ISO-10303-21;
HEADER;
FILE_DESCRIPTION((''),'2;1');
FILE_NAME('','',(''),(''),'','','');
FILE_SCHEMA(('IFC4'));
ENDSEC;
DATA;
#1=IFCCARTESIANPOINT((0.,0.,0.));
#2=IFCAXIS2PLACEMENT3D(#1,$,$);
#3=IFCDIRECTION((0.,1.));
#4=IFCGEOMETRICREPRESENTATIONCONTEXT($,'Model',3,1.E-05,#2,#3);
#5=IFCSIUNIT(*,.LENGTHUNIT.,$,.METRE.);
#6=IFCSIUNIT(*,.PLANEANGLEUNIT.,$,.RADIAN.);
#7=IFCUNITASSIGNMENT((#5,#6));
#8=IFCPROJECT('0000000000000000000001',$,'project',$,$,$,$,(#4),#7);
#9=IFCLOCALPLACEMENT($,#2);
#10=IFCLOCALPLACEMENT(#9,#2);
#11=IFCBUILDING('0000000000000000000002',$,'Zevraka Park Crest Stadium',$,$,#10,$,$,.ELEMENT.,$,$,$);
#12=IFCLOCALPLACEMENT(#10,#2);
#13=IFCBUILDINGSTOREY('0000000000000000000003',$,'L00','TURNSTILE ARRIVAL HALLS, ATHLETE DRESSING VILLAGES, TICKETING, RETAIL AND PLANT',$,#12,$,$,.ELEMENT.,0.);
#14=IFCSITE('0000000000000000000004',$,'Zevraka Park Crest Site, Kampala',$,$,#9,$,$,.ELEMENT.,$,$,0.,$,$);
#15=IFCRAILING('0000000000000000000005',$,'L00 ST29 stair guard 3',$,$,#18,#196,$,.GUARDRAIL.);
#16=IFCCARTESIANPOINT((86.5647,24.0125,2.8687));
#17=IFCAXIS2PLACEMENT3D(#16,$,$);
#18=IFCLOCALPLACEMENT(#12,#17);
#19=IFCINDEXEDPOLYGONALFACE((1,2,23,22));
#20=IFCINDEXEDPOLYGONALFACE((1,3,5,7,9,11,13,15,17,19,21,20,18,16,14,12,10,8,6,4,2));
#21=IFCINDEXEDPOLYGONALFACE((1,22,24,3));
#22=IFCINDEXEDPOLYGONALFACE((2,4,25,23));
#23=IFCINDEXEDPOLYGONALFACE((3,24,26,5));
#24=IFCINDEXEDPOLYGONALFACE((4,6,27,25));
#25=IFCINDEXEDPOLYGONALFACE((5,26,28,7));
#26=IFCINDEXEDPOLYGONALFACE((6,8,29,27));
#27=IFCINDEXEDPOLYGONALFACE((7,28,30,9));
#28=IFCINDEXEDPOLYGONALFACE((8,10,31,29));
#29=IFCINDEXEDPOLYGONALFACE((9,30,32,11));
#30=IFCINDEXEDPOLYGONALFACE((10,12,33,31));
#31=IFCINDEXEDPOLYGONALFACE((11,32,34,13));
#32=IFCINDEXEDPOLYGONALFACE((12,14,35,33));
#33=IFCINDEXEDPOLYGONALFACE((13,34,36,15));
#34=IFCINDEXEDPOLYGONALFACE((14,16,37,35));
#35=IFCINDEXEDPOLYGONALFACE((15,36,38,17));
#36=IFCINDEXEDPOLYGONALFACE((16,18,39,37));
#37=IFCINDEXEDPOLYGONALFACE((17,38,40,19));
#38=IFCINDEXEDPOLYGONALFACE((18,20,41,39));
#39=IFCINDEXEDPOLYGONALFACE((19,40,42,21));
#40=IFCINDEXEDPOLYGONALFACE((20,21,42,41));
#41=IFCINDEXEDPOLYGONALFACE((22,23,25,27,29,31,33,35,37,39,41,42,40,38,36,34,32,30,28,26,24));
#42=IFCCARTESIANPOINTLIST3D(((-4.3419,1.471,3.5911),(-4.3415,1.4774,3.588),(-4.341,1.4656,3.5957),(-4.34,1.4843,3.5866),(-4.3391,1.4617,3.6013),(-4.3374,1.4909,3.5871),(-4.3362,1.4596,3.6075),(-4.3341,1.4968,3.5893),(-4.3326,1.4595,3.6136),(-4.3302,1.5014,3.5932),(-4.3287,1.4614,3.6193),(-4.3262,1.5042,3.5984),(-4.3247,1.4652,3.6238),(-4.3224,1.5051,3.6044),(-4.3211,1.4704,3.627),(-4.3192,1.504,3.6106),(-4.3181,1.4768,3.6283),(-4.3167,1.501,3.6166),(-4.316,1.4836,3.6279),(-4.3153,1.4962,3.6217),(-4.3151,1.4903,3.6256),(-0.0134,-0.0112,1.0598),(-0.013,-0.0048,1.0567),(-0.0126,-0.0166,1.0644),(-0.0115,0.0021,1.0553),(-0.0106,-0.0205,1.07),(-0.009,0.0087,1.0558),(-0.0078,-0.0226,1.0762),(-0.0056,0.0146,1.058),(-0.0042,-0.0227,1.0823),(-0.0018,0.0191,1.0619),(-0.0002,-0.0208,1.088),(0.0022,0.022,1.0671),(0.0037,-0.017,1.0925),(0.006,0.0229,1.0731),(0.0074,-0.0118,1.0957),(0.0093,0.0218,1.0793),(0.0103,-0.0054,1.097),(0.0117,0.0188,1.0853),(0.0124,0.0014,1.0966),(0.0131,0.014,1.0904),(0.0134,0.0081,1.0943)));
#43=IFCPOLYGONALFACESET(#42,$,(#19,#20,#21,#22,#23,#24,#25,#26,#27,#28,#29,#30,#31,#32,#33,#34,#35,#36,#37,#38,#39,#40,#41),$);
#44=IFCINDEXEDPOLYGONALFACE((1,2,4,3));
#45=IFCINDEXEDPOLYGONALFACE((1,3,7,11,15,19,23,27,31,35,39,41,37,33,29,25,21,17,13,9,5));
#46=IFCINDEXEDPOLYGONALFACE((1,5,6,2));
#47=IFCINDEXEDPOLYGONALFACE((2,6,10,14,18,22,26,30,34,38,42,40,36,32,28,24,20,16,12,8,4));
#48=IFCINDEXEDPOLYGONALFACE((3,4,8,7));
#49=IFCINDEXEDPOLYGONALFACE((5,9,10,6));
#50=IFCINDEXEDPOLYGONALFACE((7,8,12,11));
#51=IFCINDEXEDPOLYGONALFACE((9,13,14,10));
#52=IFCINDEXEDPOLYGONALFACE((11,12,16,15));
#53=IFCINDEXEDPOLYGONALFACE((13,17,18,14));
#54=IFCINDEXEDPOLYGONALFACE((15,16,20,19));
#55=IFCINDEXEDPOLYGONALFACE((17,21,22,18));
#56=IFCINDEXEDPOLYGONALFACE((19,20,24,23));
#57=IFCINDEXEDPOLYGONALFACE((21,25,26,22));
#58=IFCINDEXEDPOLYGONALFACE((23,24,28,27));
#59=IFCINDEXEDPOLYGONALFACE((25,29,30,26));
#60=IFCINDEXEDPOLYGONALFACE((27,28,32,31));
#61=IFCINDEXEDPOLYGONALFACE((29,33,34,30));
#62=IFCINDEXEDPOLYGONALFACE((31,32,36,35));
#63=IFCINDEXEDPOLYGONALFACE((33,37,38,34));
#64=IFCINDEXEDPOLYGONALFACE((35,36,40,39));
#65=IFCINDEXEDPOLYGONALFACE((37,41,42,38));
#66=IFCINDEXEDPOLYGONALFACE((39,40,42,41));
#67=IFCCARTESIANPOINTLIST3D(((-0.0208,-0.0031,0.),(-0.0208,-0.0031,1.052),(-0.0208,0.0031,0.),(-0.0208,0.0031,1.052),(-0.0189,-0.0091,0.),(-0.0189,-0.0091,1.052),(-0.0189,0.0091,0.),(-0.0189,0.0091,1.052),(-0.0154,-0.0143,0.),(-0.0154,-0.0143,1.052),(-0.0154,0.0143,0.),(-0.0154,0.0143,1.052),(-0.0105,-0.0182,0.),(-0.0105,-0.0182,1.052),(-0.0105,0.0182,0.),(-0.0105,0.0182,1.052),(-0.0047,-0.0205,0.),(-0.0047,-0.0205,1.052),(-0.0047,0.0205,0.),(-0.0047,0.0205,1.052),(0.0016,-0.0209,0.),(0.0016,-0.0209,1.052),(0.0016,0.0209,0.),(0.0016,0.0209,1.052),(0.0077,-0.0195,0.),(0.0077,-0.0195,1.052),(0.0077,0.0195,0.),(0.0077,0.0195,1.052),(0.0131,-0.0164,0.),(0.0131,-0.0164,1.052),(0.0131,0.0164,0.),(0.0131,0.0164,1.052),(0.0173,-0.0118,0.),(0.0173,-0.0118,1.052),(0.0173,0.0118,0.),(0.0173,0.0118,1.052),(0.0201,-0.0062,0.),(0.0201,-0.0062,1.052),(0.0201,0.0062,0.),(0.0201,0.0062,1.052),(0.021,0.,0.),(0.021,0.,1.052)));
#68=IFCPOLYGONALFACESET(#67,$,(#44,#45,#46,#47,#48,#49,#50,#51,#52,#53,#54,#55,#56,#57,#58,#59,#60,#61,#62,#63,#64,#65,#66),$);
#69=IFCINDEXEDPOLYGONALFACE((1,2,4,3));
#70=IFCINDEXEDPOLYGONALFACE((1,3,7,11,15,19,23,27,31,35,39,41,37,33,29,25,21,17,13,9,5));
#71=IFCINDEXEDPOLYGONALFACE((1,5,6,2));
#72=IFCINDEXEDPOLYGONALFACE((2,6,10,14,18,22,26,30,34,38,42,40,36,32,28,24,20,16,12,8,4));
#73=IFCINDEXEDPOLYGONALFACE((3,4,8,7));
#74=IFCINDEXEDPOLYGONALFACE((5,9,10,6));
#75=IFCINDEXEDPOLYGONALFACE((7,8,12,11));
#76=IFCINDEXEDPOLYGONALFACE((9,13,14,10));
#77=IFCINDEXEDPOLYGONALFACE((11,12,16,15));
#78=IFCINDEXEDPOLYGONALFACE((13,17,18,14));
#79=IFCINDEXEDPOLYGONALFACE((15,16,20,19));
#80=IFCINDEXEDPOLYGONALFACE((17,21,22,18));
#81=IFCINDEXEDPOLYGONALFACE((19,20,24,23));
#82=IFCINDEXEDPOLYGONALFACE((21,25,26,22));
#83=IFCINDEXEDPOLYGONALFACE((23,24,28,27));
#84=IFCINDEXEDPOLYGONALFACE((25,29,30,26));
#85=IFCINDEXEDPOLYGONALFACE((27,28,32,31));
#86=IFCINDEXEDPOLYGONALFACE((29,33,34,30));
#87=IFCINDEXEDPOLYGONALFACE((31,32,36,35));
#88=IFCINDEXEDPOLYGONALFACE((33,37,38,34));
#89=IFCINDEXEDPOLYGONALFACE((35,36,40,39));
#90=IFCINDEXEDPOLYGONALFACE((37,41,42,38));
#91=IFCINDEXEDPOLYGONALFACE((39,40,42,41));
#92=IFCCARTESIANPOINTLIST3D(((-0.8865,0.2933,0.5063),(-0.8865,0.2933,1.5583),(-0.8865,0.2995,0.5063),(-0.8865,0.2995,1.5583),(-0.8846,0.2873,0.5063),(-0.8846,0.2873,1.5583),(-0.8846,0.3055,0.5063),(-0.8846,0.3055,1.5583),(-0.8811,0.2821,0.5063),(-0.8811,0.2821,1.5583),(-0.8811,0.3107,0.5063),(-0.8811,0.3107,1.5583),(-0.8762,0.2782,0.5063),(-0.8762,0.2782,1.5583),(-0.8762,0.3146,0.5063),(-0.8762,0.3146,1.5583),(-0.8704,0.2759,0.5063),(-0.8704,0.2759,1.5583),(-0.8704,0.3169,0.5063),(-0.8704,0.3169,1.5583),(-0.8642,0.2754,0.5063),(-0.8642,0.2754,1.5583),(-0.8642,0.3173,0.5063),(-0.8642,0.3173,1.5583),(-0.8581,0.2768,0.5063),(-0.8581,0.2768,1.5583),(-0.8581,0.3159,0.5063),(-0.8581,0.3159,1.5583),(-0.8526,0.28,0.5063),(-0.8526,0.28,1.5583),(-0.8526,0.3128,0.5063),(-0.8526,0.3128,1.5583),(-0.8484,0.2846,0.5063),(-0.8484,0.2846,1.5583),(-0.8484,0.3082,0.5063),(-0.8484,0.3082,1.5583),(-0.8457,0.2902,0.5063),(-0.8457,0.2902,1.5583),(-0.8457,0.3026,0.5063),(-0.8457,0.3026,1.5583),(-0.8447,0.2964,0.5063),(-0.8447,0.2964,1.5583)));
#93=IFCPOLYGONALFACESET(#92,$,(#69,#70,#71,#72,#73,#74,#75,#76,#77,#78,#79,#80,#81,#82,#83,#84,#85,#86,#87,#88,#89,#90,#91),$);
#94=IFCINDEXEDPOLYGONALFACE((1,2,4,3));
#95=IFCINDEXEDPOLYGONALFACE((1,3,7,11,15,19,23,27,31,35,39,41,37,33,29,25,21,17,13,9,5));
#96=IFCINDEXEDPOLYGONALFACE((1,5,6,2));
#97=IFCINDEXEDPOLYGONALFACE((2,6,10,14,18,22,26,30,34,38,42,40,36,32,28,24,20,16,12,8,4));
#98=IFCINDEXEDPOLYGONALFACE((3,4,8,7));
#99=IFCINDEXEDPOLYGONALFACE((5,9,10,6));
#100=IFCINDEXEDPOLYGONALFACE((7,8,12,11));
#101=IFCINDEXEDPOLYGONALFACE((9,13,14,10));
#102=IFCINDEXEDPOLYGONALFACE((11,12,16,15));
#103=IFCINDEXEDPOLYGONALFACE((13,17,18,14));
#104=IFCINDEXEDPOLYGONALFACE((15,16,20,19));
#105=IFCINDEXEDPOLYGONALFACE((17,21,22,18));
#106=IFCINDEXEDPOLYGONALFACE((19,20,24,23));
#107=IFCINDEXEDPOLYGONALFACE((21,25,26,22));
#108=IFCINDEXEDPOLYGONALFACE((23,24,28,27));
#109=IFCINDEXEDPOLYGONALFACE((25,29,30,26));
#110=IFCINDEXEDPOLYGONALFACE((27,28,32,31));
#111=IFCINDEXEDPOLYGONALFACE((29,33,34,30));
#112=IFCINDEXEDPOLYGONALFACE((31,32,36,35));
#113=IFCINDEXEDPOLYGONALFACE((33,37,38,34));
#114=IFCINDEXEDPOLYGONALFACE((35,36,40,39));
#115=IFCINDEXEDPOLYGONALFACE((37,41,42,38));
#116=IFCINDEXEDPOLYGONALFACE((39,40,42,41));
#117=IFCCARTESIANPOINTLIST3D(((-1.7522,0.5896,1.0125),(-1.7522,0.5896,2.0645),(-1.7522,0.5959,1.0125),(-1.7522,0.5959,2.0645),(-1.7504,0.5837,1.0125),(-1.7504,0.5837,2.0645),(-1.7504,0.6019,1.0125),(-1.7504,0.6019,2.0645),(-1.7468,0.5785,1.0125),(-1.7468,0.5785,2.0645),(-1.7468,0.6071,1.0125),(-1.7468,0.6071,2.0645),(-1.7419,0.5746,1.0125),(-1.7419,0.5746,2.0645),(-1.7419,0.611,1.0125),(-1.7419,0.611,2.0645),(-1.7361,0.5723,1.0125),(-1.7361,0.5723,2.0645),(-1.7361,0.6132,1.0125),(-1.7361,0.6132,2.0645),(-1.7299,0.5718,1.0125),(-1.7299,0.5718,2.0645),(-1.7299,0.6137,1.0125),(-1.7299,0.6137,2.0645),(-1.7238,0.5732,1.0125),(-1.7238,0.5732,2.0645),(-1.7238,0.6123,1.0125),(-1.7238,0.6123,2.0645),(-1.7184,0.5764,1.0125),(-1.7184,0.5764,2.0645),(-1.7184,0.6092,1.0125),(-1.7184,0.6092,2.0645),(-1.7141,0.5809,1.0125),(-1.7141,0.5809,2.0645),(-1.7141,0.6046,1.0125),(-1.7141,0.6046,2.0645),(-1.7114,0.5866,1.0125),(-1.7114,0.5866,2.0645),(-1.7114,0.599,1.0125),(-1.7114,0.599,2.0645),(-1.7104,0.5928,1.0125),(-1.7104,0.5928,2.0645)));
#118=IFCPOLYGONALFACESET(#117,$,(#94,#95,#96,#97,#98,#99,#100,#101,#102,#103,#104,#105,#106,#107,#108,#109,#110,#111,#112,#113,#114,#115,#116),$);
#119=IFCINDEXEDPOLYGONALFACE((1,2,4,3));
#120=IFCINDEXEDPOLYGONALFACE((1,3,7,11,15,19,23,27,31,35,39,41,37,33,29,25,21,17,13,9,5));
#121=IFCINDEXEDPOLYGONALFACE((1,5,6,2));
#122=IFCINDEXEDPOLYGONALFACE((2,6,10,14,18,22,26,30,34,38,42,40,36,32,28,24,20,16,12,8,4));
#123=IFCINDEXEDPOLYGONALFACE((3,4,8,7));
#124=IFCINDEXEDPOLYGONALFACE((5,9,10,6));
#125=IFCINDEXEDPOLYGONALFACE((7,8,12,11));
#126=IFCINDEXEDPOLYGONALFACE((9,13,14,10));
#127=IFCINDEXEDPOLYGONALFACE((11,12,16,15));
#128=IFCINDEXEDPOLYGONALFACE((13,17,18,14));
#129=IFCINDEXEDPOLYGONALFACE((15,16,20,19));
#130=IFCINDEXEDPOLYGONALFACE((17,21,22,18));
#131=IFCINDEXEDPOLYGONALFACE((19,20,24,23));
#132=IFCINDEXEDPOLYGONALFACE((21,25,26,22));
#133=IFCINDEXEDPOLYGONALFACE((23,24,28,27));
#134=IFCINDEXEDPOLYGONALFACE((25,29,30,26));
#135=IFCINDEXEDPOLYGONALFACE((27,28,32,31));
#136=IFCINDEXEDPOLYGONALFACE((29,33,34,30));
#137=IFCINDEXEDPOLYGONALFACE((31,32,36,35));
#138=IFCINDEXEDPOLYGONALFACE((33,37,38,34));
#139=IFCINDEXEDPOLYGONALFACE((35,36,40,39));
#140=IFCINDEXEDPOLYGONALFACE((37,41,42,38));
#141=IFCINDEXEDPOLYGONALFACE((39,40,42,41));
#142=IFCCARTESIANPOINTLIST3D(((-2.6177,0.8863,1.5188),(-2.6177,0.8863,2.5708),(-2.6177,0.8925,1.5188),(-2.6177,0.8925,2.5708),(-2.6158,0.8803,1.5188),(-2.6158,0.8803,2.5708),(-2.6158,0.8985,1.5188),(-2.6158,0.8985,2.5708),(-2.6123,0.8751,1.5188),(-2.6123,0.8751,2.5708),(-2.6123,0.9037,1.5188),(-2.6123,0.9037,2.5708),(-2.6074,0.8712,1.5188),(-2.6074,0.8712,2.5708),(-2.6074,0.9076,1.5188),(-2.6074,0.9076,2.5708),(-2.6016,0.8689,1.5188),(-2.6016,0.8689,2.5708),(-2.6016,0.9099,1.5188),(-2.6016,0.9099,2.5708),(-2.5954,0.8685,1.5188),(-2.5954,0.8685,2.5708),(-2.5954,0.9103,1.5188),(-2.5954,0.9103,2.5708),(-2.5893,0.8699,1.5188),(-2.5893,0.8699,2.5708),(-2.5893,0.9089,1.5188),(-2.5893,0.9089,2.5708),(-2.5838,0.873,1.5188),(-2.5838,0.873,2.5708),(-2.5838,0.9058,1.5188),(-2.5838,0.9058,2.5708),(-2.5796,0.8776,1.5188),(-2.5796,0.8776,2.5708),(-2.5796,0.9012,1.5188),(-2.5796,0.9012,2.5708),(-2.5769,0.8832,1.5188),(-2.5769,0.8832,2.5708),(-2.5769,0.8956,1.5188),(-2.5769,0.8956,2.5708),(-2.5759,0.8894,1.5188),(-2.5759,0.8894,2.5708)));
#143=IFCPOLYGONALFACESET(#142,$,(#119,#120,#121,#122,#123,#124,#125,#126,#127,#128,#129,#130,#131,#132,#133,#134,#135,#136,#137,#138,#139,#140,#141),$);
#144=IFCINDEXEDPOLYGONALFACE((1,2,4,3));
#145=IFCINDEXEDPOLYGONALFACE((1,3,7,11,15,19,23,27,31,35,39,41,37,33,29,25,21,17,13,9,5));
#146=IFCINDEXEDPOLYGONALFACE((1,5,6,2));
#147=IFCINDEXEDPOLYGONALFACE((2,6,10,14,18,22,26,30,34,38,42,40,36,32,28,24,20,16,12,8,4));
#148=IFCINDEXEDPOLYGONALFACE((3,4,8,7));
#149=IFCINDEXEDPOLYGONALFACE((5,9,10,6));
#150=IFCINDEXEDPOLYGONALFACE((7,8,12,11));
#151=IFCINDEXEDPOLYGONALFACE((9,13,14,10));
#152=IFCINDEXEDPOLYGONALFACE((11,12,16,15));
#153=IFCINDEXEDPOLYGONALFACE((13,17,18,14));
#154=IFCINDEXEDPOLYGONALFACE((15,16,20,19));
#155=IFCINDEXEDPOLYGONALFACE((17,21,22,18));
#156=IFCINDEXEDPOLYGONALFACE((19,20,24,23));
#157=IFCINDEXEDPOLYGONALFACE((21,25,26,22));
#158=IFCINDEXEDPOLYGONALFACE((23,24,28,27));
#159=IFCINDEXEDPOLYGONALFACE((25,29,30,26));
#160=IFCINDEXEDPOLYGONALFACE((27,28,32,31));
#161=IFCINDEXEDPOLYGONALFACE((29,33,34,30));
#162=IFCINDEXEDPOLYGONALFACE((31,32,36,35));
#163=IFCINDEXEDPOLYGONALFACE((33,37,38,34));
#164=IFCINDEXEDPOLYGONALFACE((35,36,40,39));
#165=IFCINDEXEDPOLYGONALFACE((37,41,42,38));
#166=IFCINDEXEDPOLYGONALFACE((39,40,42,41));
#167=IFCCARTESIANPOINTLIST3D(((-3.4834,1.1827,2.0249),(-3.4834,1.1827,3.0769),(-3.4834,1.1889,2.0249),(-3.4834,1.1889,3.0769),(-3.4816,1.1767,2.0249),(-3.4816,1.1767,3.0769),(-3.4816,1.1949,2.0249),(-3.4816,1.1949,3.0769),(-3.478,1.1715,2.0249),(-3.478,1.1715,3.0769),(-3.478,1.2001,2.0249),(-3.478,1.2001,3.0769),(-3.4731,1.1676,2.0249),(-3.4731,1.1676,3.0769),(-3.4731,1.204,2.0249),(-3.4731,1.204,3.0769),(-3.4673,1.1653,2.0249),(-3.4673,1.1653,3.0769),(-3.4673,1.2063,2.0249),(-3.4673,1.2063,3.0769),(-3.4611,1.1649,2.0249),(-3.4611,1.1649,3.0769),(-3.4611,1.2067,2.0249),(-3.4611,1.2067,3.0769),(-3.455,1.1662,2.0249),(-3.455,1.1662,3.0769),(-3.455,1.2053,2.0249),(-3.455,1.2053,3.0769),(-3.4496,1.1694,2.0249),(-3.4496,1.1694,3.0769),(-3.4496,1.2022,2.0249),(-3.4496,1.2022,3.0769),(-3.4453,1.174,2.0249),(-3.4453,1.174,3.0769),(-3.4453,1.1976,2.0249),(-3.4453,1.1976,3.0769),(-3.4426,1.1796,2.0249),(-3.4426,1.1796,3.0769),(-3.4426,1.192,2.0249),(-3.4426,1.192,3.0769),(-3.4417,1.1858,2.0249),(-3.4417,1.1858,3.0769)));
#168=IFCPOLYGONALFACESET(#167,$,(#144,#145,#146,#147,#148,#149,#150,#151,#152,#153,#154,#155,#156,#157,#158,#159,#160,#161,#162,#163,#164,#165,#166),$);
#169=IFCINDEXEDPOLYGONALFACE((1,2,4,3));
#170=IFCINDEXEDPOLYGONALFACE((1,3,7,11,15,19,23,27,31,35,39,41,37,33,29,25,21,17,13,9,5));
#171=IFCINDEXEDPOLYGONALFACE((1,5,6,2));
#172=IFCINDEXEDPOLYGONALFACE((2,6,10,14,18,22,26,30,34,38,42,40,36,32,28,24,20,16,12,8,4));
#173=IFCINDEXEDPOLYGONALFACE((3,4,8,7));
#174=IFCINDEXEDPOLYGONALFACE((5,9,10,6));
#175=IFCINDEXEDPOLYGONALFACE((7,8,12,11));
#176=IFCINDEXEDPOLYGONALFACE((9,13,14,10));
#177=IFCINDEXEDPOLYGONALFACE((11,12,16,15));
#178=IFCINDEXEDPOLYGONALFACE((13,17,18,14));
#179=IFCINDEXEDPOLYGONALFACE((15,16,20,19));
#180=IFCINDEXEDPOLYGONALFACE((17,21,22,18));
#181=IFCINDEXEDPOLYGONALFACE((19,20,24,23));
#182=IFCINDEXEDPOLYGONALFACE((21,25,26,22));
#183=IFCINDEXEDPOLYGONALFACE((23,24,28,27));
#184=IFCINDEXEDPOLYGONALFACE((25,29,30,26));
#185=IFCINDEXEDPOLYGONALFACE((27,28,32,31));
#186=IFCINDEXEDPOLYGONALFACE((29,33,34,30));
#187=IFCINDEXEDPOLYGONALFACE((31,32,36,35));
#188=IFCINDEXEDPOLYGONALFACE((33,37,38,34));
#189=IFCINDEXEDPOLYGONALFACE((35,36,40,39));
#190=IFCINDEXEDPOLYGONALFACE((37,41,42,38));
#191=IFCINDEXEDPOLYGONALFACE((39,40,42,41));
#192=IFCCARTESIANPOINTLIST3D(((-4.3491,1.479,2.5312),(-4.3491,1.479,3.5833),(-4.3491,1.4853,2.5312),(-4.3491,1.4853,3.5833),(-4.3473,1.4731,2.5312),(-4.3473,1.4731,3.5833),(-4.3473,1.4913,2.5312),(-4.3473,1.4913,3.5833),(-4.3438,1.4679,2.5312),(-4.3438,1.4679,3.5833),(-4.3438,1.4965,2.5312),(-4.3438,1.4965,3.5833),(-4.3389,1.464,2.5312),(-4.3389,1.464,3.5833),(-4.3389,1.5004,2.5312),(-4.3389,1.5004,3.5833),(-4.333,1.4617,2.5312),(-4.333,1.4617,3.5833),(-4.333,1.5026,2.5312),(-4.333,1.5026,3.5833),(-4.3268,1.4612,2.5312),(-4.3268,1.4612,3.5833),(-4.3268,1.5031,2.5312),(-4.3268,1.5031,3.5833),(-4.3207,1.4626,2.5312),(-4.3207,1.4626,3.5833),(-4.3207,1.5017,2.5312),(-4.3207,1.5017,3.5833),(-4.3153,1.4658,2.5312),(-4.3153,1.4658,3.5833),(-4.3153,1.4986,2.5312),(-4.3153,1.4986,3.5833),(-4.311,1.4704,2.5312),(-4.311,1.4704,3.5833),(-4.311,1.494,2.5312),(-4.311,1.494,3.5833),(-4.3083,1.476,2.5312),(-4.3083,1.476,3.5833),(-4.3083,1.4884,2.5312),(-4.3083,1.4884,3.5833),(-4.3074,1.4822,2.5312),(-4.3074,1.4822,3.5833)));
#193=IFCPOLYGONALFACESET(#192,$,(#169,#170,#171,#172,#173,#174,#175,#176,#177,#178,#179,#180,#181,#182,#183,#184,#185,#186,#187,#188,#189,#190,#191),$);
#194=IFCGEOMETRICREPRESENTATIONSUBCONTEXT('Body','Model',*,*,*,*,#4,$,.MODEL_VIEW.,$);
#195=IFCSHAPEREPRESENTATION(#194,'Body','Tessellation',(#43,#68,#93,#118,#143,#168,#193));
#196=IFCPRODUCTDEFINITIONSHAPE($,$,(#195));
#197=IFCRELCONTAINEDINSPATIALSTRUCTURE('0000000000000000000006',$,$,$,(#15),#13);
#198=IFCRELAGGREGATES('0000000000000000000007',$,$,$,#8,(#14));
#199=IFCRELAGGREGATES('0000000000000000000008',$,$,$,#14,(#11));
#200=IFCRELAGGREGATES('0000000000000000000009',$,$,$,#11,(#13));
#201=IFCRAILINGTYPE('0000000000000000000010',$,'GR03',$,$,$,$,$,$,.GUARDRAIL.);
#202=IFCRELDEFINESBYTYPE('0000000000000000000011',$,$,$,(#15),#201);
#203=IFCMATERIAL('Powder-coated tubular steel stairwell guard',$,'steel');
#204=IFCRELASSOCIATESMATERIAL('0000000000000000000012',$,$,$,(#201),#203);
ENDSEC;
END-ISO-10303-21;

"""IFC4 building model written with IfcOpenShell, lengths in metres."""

from ifc_helpers import new_model, si_unit, direction, frame, origin, origin_2d, place, context, subcontext, project, spatial, circle, extrude, material, type_object, element, save


model = new_model("IFC4")

# Units and contexts
model_context = context("Model", 3, precision=1e-05, world=origin(), true_north=direction((0.0, 1.0)))
body_context = subcontext(model_context, "Body", "Model", "MODEL_VIEW")
ifc_project = project(units=[si_unit("LENGTHUNIT", "METRE"), si_unit("PLANEANGLEUNIT", "RADIAN")], contexts=[model_context])

# Site, building, storey
site_placement = place(None, origin())
site = spatial("IfcSite", under=ifc_project, at=site_placement, Name="Zevraka Park Crest Site, Kampala", CompositionType="ELEMENT", RefElevation=0.0)
building_placement = place(site_placement, origin())
building = spatial("IfcBuilding", under=site, at=building_placement, Name="Zevraka Park Crest Stadium", CompositionType="ELEMENT")
storey_placement = place(building_placement, origin())
storey = spatial("IfcBuildingStorey", under=building, at=storey_placement, Name="L00", Description="TURNSTILE ARRIVAL HALLS, ATHLETE DRESSING VILLAGES, TICKETING, RETAIL AND PLANT", CompositionType="ELEMENT", Elevation=0.0)

# Railing
ifc_material_1 = material(Name="Powder-coated tubular steel stairwell guard", Category="steel")
railing_type_1 = type_object("IfcRailingType", Name="GR03", PredefinedType="GUARDRAIL", material=ifc_material_1)
railing_1_placement = place(storey_placement, frame((86.5647, 24.0125, 2.8687)))
element("IfcRailing", 1, at=railing_1_placement, inside=storey, type_object=railing_type_1, Name="L00 ST29 stair guard 3", PredefinedType="GUARDRAIL", context=body_context, shape_type="SweptSolid", body=[
    extrude(circle(Radius=0.0239, at=origin_2d()), frame((0.0, 0.0, 1.0762), z_axis=(-0.827817, 0.283472, 0.484111), x_axis=(-0.323965, -0.946069, 0.0)), (0.0, 0.0, 1.0), 5.2288),
    extrude(circle(Radius=0.021, at=origin_2d()), origin(), (0.0, 0.0, 1.0), 1.052),
    extrude(circle(Radius=0.021, at=origin_2d()), frame((-0.8657, 0.2964, 0.5063)), (0.0, 0.0, 1.0), 1.052),
    extrude(circle(Radius=0.021, at=origin_2d()), frame((-1.7314, 0.5928, 1.0125)), (0.0, 0.0, 1.0), 1.052),
    extrude(circle(Radius=0.021, at=origin_2d()), frame((-2.5969, 0.8894, 1.5188)), (0.0, 0.0, 1.0), 1.052),
    extrude(circle(Radius=0.021, at=origin_2d()), frame((-3.4626, 1.1858, 2.0249)), (0.0, 0.0, 1.0), 1.052),
    extrude(circle(Radius=0.021, at=origin_2d()), frame((-4.3284, 1.4822, 2.5312)), (0.0, 0.0, 1.0), 1.052),
])

save(model, "model.ifc")
